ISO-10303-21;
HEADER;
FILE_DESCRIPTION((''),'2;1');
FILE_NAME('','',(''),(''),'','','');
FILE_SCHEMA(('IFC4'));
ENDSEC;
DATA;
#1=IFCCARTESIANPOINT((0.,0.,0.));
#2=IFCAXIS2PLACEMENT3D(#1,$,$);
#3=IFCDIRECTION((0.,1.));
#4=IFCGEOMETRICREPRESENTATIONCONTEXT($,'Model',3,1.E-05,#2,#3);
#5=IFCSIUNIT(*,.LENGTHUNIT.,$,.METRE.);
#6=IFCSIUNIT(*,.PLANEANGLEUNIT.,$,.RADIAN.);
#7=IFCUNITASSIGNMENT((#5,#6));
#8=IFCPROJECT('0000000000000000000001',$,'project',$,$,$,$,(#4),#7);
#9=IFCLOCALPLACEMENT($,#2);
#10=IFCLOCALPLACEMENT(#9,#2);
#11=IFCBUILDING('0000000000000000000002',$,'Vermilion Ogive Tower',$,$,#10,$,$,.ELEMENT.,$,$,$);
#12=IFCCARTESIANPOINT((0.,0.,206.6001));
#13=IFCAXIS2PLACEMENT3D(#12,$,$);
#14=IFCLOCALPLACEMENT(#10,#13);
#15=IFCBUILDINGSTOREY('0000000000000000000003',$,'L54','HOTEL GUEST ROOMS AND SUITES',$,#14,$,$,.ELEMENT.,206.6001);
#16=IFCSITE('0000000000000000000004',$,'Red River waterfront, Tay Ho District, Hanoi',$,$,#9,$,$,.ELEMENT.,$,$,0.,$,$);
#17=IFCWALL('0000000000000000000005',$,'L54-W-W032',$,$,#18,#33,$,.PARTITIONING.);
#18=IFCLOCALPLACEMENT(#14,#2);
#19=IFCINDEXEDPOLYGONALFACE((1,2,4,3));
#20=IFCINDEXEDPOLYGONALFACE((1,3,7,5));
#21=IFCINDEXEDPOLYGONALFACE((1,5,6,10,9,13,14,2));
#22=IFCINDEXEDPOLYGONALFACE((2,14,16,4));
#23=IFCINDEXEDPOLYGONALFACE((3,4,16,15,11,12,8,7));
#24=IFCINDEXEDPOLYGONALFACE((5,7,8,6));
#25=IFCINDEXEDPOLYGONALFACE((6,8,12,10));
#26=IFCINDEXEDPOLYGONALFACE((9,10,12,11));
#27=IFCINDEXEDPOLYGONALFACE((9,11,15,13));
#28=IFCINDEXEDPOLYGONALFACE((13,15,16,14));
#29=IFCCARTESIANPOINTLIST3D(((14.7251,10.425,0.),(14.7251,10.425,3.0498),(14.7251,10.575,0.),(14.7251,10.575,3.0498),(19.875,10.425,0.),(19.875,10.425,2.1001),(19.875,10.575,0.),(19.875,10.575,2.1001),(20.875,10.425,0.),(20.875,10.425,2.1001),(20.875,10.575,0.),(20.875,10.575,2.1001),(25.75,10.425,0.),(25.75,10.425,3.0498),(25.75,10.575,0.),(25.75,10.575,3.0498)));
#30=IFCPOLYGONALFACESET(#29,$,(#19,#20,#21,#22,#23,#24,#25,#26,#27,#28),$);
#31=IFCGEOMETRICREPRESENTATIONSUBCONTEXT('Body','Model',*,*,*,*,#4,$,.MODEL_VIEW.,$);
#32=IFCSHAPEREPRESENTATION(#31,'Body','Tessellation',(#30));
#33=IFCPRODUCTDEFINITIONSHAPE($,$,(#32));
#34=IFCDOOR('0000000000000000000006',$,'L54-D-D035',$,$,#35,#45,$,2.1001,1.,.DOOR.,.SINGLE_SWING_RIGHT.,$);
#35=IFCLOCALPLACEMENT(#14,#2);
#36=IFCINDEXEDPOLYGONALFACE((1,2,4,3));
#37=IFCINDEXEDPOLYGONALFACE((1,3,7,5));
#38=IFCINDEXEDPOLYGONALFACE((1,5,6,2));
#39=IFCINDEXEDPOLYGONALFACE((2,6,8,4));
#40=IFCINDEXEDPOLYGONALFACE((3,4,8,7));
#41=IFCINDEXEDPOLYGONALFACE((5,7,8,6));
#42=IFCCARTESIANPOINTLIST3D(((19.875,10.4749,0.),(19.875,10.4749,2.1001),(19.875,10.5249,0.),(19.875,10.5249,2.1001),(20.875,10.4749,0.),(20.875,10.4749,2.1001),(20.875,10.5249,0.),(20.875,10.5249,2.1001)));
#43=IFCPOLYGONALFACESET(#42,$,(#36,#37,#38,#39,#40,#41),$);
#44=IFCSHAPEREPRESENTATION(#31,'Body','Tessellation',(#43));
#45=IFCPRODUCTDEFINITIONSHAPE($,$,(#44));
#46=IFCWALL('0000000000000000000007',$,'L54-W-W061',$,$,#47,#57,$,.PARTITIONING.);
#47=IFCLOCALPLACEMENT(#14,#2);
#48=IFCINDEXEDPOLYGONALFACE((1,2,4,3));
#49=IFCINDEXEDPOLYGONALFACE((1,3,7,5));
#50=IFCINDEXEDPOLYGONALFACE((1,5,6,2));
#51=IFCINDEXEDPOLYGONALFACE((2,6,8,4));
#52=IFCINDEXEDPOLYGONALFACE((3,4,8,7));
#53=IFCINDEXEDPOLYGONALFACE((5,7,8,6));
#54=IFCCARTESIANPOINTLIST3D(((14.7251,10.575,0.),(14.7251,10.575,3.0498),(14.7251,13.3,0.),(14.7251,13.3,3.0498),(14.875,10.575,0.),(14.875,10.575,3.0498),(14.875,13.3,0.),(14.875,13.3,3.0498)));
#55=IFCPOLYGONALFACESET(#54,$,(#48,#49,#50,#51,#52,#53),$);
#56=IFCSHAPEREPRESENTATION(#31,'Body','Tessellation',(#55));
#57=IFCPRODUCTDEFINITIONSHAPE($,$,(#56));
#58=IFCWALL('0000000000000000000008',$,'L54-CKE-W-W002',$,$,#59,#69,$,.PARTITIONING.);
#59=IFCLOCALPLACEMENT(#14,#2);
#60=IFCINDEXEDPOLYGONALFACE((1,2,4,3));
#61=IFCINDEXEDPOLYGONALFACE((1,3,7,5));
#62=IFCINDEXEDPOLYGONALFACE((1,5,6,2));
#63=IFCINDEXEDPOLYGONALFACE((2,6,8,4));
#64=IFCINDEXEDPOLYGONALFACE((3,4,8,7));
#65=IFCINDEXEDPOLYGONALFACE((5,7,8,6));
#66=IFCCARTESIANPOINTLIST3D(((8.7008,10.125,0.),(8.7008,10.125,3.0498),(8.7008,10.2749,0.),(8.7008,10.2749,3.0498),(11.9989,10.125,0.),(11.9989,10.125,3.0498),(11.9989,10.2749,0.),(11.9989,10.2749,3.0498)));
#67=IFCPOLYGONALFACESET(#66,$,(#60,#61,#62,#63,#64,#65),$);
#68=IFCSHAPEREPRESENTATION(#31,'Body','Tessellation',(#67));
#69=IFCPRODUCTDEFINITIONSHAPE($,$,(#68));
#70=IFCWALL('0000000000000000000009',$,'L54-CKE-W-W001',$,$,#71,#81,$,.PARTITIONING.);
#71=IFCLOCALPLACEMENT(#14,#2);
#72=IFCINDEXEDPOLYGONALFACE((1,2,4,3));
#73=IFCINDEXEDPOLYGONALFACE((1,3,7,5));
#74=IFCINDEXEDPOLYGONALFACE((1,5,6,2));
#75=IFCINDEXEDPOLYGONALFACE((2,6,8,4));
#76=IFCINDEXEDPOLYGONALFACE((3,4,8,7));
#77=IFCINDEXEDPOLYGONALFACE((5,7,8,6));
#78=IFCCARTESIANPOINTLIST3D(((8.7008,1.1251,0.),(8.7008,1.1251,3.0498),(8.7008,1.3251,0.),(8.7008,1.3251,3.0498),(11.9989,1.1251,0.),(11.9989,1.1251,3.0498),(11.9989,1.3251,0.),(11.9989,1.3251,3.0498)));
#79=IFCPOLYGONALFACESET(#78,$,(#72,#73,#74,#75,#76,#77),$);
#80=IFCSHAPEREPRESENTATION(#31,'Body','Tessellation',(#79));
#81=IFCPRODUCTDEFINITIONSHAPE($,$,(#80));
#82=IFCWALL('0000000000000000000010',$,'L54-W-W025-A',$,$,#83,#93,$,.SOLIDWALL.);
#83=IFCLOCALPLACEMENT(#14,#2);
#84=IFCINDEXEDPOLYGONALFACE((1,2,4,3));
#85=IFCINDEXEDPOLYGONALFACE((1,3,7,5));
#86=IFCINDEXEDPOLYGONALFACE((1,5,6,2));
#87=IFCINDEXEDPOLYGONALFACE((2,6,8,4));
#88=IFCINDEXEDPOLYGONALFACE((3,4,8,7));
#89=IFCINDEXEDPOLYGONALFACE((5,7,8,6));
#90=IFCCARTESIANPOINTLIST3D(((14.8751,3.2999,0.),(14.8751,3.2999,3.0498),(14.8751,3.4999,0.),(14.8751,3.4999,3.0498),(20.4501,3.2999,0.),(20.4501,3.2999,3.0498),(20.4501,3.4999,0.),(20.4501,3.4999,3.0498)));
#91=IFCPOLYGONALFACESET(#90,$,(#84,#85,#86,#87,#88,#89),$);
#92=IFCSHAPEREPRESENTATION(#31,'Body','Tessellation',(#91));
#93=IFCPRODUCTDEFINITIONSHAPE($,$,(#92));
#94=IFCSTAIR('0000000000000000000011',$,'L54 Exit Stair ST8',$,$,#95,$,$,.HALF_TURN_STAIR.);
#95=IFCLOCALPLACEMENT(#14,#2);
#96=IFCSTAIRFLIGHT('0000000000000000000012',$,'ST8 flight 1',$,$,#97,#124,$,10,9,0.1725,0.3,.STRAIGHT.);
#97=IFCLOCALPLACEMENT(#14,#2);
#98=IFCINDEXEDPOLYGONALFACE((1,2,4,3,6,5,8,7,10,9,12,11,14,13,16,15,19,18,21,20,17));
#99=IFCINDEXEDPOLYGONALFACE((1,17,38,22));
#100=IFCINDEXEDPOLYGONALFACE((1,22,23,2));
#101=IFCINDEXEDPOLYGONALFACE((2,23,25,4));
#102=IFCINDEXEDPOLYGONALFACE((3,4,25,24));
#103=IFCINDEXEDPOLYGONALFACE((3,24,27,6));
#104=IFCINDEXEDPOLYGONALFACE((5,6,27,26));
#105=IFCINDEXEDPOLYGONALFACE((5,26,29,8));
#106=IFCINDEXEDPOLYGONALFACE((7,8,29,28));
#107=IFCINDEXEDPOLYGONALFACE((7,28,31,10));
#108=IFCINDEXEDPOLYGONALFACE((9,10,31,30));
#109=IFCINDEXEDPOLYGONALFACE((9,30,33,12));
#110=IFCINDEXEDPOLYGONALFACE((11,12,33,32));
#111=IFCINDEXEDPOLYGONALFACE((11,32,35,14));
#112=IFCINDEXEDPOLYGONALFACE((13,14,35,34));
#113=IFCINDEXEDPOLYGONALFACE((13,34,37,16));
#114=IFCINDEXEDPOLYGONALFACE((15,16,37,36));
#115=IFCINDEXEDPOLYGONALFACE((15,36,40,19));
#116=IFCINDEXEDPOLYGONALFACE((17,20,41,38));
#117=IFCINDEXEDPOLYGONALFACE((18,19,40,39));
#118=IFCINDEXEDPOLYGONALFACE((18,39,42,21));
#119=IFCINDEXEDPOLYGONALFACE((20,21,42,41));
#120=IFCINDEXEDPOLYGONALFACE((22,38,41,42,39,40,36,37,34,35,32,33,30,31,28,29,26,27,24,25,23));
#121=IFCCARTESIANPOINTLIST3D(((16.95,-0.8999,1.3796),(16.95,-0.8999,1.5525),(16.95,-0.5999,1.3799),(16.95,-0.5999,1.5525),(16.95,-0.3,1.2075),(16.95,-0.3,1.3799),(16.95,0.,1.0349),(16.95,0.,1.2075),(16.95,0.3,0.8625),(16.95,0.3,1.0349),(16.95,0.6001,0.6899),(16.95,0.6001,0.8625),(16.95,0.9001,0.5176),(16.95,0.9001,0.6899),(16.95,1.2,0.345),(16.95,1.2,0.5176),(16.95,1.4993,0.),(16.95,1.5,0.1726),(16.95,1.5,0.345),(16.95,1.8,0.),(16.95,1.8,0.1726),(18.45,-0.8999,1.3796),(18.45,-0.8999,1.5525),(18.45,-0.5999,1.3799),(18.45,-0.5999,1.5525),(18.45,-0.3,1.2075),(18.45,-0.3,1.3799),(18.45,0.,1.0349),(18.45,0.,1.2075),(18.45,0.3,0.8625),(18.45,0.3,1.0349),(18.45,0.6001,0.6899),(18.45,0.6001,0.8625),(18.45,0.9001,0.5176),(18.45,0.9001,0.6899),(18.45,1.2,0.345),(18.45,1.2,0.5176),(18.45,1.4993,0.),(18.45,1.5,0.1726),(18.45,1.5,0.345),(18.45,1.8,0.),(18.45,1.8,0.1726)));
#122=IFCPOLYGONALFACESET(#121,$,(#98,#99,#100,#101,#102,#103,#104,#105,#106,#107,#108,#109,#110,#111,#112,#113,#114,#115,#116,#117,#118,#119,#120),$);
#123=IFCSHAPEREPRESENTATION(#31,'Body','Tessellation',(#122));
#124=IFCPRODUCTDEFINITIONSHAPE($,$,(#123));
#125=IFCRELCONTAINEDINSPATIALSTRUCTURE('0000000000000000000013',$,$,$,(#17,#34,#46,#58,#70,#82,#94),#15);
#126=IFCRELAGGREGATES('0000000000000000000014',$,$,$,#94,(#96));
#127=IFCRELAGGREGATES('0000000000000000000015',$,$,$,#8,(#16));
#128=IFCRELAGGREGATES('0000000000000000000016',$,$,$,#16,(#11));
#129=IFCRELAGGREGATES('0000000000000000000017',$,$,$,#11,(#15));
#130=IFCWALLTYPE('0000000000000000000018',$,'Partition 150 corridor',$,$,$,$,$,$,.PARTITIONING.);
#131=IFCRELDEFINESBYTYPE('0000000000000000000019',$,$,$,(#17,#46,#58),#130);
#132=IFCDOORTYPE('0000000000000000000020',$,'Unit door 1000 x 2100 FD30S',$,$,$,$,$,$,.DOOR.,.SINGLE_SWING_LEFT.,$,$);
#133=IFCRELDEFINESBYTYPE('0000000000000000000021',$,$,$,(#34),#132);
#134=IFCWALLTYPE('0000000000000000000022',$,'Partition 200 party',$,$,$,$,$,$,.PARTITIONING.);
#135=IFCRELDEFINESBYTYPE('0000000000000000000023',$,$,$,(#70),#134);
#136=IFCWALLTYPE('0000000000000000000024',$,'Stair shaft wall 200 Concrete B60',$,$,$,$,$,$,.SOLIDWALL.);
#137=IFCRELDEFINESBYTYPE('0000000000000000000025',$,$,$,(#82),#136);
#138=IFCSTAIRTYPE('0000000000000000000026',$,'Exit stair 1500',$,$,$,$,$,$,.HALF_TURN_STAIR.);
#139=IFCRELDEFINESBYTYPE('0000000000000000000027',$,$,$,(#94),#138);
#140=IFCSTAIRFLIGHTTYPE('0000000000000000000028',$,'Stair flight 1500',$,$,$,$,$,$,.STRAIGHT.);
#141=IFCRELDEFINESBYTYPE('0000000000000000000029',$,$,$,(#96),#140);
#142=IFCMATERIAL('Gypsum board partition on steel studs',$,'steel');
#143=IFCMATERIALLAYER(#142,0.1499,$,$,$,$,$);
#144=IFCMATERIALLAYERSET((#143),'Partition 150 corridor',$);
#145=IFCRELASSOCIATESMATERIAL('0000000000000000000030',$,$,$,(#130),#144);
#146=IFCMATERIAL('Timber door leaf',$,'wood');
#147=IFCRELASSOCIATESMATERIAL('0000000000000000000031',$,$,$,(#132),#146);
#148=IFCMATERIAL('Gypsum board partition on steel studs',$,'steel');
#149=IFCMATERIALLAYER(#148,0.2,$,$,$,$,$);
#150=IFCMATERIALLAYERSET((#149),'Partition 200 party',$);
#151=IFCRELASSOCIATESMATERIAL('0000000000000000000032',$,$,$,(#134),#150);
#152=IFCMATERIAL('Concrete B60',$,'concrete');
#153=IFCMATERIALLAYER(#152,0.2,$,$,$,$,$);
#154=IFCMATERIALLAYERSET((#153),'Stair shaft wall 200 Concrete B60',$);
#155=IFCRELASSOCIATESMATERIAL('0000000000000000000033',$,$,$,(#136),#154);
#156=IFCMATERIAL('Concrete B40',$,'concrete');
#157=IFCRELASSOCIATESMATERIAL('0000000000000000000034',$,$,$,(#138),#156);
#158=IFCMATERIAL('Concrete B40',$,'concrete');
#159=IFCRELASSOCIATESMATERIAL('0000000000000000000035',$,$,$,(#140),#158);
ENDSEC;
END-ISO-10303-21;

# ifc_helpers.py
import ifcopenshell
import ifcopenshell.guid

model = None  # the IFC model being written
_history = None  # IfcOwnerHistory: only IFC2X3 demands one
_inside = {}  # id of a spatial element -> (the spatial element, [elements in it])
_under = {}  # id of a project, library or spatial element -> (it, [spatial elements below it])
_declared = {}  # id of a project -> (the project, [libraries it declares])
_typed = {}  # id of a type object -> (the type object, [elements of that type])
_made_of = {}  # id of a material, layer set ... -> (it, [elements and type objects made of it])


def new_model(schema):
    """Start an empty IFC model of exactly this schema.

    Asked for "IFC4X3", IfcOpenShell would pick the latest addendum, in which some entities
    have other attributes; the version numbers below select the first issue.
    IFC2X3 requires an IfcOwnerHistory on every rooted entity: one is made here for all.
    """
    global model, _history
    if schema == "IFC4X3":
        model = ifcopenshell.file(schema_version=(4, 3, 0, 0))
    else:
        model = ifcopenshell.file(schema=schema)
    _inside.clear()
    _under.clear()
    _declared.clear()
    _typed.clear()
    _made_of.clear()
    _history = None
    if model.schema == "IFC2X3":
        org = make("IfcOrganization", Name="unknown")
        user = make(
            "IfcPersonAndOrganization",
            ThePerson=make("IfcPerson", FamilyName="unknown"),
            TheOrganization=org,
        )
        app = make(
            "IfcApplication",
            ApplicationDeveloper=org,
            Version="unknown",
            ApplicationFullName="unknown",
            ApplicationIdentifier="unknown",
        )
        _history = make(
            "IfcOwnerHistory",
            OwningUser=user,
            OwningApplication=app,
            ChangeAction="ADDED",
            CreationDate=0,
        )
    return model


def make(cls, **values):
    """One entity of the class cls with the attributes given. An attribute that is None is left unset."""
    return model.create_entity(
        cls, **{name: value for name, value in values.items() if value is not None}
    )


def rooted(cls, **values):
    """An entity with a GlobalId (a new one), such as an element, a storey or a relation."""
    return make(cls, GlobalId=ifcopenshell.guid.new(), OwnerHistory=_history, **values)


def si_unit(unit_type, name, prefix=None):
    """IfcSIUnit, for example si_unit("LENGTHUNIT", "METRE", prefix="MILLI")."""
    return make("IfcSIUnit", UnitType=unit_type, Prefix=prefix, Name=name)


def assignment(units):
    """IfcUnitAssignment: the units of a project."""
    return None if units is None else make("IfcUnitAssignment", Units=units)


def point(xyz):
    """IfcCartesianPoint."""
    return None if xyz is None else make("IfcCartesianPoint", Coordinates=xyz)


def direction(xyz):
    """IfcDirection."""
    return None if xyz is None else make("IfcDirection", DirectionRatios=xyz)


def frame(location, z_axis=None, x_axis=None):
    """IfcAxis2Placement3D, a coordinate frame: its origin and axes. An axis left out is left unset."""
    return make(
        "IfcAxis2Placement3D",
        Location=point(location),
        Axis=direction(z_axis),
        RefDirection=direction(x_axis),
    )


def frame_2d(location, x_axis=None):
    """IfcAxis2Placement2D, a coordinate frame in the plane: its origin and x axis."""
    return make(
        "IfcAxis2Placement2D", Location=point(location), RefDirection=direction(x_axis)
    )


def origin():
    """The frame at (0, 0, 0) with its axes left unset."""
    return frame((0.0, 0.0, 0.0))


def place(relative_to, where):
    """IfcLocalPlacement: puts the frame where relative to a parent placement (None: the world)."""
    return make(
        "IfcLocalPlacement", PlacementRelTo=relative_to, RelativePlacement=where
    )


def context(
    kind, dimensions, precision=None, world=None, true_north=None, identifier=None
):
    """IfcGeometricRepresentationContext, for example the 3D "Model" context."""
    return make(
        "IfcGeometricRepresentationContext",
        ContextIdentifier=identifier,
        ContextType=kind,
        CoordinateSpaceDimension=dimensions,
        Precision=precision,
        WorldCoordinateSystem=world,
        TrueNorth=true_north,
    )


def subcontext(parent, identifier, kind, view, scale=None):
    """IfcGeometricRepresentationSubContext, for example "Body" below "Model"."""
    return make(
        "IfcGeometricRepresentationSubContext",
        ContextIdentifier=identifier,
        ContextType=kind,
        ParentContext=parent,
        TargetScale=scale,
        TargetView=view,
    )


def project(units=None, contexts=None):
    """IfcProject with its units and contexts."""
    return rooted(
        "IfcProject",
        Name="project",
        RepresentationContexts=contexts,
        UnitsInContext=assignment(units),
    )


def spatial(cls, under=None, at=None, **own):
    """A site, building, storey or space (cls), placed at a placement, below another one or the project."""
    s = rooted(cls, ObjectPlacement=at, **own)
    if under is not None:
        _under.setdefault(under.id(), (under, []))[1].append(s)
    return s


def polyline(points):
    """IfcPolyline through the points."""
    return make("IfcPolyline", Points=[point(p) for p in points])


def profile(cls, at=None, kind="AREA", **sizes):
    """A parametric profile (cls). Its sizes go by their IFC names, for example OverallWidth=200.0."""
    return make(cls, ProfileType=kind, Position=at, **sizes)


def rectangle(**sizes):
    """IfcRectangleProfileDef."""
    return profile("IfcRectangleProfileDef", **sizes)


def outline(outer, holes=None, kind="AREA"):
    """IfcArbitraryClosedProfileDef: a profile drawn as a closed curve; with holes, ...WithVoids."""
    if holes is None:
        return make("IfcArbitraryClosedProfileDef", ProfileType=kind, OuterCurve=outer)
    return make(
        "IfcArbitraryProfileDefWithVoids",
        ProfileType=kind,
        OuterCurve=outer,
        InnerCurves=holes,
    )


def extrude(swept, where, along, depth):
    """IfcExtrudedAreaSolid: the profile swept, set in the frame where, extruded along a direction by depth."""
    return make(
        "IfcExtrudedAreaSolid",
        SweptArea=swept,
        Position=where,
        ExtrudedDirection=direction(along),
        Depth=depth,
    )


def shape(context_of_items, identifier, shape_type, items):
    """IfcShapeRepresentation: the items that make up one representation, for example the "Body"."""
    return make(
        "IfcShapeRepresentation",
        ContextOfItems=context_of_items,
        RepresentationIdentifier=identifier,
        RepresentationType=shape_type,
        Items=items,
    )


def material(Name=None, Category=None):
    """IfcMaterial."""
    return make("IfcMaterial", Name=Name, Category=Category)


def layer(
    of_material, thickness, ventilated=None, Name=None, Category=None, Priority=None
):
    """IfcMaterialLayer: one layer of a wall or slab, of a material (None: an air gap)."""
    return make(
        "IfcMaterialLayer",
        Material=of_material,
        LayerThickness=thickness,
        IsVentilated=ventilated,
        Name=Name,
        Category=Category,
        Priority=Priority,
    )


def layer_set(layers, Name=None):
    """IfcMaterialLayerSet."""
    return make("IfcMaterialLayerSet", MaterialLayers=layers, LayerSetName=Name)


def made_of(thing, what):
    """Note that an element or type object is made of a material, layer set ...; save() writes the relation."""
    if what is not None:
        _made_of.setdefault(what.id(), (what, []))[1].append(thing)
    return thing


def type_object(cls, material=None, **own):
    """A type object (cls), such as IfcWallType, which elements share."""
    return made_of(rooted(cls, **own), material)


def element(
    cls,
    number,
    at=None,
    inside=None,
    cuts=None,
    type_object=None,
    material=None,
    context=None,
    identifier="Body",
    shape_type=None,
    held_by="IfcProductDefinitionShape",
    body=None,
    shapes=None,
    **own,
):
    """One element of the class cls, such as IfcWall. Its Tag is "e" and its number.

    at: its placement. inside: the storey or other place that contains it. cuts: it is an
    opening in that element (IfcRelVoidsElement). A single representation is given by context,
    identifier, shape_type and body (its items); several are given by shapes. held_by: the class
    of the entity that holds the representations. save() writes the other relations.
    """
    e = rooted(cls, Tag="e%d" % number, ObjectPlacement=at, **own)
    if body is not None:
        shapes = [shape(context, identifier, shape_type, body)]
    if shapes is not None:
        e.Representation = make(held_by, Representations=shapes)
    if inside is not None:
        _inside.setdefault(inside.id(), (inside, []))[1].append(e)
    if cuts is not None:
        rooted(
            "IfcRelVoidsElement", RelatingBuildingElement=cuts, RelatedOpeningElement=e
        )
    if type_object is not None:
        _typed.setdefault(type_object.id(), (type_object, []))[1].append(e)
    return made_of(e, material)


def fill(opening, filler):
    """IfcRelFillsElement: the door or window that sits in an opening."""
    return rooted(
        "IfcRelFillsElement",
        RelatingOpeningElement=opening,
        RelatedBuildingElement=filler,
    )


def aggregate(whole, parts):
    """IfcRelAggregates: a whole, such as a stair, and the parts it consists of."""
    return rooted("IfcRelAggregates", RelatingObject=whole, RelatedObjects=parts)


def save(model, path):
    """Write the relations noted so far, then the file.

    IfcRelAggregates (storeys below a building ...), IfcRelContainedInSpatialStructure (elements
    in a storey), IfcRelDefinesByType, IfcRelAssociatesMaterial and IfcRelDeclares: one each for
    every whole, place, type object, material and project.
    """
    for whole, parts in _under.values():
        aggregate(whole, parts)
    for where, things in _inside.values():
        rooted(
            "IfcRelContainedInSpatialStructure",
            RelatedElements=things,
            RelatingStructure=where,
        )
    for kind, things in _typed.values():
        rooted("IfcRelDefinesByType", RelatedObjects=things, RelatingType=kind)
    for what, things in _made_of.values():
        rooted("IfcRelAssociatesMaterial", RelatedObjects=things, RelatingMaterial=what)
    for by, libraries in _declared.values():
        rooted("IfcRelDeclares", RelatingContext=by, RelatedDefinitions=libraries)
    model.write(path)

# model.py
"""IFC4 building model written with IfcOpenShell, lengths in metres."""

from ifc_helpers import new_model, si_unit, direction, frame, frame_2d, origin, place, context, subcontext, project, spatial, polyline, rectangle, outline, extrude, material, layer, layer_set, type_object, element, fill, aggregate, save


model = new_model("IFC4")

# Units and contexts
model_context = context("Model", 3, precision=1e-05, world=origin(), true_north=direction((0.0, 1.0)))
body_context = subcontext(model_context, "Body", "Model", "MODEL_VIEW")
ifc_project = project(units=[si_unit("LENGTHUNIT", "METRE"), si_unit("PLANEANGLEUNIT", "RADIAN")], contexts=[model_context])

# Site, building, storey
site_placement = place(None, origin())
site = spatial("IfcSite", under=ifc_project, at=site_placement, Name="Red River waterfront, Tay Ho District, Hanoi", CompositionType="ELEMENT", RefElevation=0.0)
building_placement = place(site_placement, origin())
building = spatial("IfcBuilding", under=site, at=building_placement, Name="Vermilion Ogive Tower", CompositionType="ELEMENT")
storey_placement = place(building_placement, frame((0.0, 0.0, 206.6001)))
storey = spatial("IfcBuildingStorey", under=building, at=storey_placement, Name="L54", Description="HOTEL GUEST ROOMS AND SUITES", CompositionType="ELEMENT", Elevation=206.6001)

# Wall, opening, door
ifc_material_1 = material(Name="Gypsum board partition on steel studs", Category="steel")
ifc_layer_1 = layer(ifc_material_1, 0.1499)
ifc_layer_set_1 = layer_set([ifc_layer_1], Name="Partition 150 corridor")
wall_type_1 = type_object("IfcWallType", Name="Partition 150 corridor", PredefinedType="PARTITIONING", material=ifc_layer_set_1)
ifc_material_2 = material(Name="Timber door leaf", Category="wood")
door_type_1 = type_object("IfcDoorType", Name="Unit door 1000 x 2100 FD30S", OperationType="SINGLE_SWING_LEFT", PredefinedType="DOOR", material=ifc_material_2)
wall_1_placement = place(storey_placement, frame((14.7251, 10.5, 0.0), z_axis=(0.0, 0.0, 1.0), x_axis=(1.0, 0.0, 0.0)))
wall_1 = element("IfcWall", 1, at=wall_1_placement, inside=storey, type_object=wall_type_1, Name="L54-W-W032", PredefinedType="PARTITIONING", context=body_context, shape_type="SweptSolid", body=[
    extrude(rectangle(XDim=11.0249, YDim=0.1499, at=frame_2d((5.5125, 0.0))), origin(), (0.0, 0.0, 1.0), 3.0498),
])
opening_1_placement = place(wall_1_placement, frame((5.1499, 0.0, 0.0)))
opening_1 = element("IfcOpeningElement", 2, at=opening_1_placement, cuts=wall_1, PredefinedType="OPENING", context=body_context, shape_type="SweptSolid", body=[
    extrude(rectangle(XDim=1.0, YDim=2.1001, at=frame_2d((0.5, 1.05))), frame((0.0, 0.085, 0.0), z_axis=(0.0, -1.0, 0.0), x_axis=(1.0, 0.0, 0.0)), (0.0, 0.0, 1.0), 0.1699),
])
door_1_placement = place(opening_1_placement, origin())
door_1 = element("IfcDoor", 3, at=door_1_placement, inside=storey, type_object=door_type_1, Name="L54-D-D035", OperationType="SINGLE_SWING_RIGHT", OverallHeight=2.1001, OverallWidth=1.0, PredefinedType="DOOR", context=body_context, shape_type="SweptSolid", body=[
    extrude(rectangle(XDim=1.0, YDim=2.1001, at=frame_2d((0.5, 1.05))), frame((0.0, 0.0249, 0.0), z_axis=(0.0, -1.0, 0.0), x_axis=(1.0, 0.0, 0.0)), (0.0, 0.0, 1.0), 0.05),
])
fill(opening_1, door_1)

# Walls
wall_2_placement = place(storey_placement, frame((14.8, 10.575, 0.0), z_axis=(0.0, 0.0, 1.0), x_axis=(0.0, 1.0, 0.0)))
element("IfcWall", 4, at=wall_2_placement, inside=storey, type_object=wall_type_1, Name="L54-W-W061", PredefinedType="PARTITIONING", context=body_context, shape_type="SweptSolid", body=[
    extrude(rectangle(XDim=2.7251, YDim=0.1499, at=frame_2d((1.3625, 0.0))), origin(), (0.0, 0.0, 1.0), 3.0498),
])
wall_3_placement = place(storey_placement, frame((8.7009, 10.2, 0.0), z_axis=(0.0, 0.0, 1.0), x_axis=(1.0, 0.0, 0.0)))
element("IfcWall", 5, at=wall_3_placement, inside=storey, type_object=wall_type_1, Name="L54-CKE-W-W002", PredefinedType="PARTITIONING", context=body_context, shape_type="SweptSolid", body=[
    extrude(rectangle(XDim=3.2981, YDim=0.1499, at=frame_2d((1.6489, 0.0))), origin(), (0.0, 0.0, 1.0), 3.0498),
])
ifc_material_3 = material(Name="Gypsum board partition on steel studs", Category="steel")
ifc_layer_2 = layer(ifc_material_3, 0.2)
ifc_layer_set_2 = layer_set([ifc_layer_2], Name="Partition 200 party")
wall_type_2 = type_object("IfcWallType", Name="Partition 200 party", PredefinedType="PARTITIONING", material=ifc_layer_set_2)
wall_4_placement = place(storey_placement, frame((8.7009, 1.2251, 0.0), z_axis=(0.0, 0.0, 1.0), x_axis=(1.0, 0.0, 0.0)))
element("IfcWall", 6, at=wall_4_placement, inside=storey, type_object=wall_type_2, Name="L54-CKE-W-W001", PredefinedType="PARTITIONING", context=body_context, shape_type="SweptSolid", body=[
    extrude(rectangle(XDim=3.2981, YDim=0.2, at=frame_2d((1.6489, 0.0))), origin(), (0.0, 0.0, 1.0), 3.0498),
])
ifc_material_4 = material(Name="Concrete B60", Category="concrete")
ifc_layer_3 = layer(ifc_material_4, 0.2)
ifc_layer_set_3 = layer_set([ifc_layer_3], Name="Stair shaft wall 200 Concrete B60")
wall_type_3 = type_object("IfcWallType", Name="Stair shaft wall 200 Concrete B60", PredefinedType="SOLIDWALL", material=ifc_layer_set_3)
wall_5_placement = place(storey_placement, frame((14.875, 3.3999, 0.0), z_axis=(0.0, 0.0, 1.0), x_axis=(1.0, 0.0, 0.0)))
element("IfcWall", 7, at=wall_5_placement, inside=storey, type_object=wall_type_3, Name="L54-W-W025-A", PredefinedType="SOLIDWALL", context=body_context, shape_type="SweptSolid", body=[
    extrude(rectangle(XDim=5.575, YDim=0.2, at=frame_2d((2.7876, 0.0))), origin(), (0.0, 0.0, 1.0), 3.0498),
])

# Stair, stair flight
ifc_material_5 = material(Name="Concrete B40", Category="concrete")
stair_type = type_object("IfcStairType", Name="Exit stair 1500", PredefinedType="HALF_TURN_STAIR", material=ifc_material_5)
stair_placement = place(storey_placement, origin())
stair = element("IfcStair", 8, at=stair_placement, inside=storey, type_object=stair_type, Name="L54 Exit Stair ST8", PredefinedType="HALF_TURN_STAIR")
ifc_material_6 = material(Name="Concrete B40", Category="concrete")
stair_flight_type = type_object("IfcStairFlightType", Name="Stair flight 1500", PredefinedType="STRAIGHT", material=ifc_material_6)
stair_flight_placement = place(storey_placement, frame((17.7, 1.8, 0.0), z_axis=(0.0, 0.0, 1.0), x_axis=(0.0, -1.0, 0.0)))
stair_flight = element("IfcStairFlight", 9, at=stair_flight_placement, type_object=stair_flight_type, Name="ST8 flight 1", NumberOfRisers=10, NumberOfTreads=9, PredefinedType="STRAIGHT", RiserHeight=0.1725, TreadLength=0.3, context=body_context, shape_type="SweptSolid", body=[
    extrude(outline(polyline([(0.0, 0.0), (0.0, 0.1726), (0.3, 0.1726), (0.3, 0.345), (0.6001, 0.345), (0.6001, 0.5176), (0.8999, 0.5176), (0.8999, 0.6899), (1.2, 0.6899), (1.2, 0.8625), (1.5, 0.8625), (1.5, 1.0349), (1.8, 1.0349), (1.8, 1.2075), (2.1001, 1.2075), (2.1001, 1.3799), (2.3999, 1.3799), (2.3999, 1.5525), (2.7, 1.5525), (2.7, 1.7251), (2.7, 1.3796), (0.3008, 0.0), (0.0, 0.0)])), frame((0.0, 0.75, 0.0), z_axis=(0.0, -1.0, 0.0), x_axis=(1.0, 0.0, 0.0)), (0.0, 0.0, 1.0), 1.5),
])
aggregate(stair, [stair_flight])

save(model, "model.ifc")
